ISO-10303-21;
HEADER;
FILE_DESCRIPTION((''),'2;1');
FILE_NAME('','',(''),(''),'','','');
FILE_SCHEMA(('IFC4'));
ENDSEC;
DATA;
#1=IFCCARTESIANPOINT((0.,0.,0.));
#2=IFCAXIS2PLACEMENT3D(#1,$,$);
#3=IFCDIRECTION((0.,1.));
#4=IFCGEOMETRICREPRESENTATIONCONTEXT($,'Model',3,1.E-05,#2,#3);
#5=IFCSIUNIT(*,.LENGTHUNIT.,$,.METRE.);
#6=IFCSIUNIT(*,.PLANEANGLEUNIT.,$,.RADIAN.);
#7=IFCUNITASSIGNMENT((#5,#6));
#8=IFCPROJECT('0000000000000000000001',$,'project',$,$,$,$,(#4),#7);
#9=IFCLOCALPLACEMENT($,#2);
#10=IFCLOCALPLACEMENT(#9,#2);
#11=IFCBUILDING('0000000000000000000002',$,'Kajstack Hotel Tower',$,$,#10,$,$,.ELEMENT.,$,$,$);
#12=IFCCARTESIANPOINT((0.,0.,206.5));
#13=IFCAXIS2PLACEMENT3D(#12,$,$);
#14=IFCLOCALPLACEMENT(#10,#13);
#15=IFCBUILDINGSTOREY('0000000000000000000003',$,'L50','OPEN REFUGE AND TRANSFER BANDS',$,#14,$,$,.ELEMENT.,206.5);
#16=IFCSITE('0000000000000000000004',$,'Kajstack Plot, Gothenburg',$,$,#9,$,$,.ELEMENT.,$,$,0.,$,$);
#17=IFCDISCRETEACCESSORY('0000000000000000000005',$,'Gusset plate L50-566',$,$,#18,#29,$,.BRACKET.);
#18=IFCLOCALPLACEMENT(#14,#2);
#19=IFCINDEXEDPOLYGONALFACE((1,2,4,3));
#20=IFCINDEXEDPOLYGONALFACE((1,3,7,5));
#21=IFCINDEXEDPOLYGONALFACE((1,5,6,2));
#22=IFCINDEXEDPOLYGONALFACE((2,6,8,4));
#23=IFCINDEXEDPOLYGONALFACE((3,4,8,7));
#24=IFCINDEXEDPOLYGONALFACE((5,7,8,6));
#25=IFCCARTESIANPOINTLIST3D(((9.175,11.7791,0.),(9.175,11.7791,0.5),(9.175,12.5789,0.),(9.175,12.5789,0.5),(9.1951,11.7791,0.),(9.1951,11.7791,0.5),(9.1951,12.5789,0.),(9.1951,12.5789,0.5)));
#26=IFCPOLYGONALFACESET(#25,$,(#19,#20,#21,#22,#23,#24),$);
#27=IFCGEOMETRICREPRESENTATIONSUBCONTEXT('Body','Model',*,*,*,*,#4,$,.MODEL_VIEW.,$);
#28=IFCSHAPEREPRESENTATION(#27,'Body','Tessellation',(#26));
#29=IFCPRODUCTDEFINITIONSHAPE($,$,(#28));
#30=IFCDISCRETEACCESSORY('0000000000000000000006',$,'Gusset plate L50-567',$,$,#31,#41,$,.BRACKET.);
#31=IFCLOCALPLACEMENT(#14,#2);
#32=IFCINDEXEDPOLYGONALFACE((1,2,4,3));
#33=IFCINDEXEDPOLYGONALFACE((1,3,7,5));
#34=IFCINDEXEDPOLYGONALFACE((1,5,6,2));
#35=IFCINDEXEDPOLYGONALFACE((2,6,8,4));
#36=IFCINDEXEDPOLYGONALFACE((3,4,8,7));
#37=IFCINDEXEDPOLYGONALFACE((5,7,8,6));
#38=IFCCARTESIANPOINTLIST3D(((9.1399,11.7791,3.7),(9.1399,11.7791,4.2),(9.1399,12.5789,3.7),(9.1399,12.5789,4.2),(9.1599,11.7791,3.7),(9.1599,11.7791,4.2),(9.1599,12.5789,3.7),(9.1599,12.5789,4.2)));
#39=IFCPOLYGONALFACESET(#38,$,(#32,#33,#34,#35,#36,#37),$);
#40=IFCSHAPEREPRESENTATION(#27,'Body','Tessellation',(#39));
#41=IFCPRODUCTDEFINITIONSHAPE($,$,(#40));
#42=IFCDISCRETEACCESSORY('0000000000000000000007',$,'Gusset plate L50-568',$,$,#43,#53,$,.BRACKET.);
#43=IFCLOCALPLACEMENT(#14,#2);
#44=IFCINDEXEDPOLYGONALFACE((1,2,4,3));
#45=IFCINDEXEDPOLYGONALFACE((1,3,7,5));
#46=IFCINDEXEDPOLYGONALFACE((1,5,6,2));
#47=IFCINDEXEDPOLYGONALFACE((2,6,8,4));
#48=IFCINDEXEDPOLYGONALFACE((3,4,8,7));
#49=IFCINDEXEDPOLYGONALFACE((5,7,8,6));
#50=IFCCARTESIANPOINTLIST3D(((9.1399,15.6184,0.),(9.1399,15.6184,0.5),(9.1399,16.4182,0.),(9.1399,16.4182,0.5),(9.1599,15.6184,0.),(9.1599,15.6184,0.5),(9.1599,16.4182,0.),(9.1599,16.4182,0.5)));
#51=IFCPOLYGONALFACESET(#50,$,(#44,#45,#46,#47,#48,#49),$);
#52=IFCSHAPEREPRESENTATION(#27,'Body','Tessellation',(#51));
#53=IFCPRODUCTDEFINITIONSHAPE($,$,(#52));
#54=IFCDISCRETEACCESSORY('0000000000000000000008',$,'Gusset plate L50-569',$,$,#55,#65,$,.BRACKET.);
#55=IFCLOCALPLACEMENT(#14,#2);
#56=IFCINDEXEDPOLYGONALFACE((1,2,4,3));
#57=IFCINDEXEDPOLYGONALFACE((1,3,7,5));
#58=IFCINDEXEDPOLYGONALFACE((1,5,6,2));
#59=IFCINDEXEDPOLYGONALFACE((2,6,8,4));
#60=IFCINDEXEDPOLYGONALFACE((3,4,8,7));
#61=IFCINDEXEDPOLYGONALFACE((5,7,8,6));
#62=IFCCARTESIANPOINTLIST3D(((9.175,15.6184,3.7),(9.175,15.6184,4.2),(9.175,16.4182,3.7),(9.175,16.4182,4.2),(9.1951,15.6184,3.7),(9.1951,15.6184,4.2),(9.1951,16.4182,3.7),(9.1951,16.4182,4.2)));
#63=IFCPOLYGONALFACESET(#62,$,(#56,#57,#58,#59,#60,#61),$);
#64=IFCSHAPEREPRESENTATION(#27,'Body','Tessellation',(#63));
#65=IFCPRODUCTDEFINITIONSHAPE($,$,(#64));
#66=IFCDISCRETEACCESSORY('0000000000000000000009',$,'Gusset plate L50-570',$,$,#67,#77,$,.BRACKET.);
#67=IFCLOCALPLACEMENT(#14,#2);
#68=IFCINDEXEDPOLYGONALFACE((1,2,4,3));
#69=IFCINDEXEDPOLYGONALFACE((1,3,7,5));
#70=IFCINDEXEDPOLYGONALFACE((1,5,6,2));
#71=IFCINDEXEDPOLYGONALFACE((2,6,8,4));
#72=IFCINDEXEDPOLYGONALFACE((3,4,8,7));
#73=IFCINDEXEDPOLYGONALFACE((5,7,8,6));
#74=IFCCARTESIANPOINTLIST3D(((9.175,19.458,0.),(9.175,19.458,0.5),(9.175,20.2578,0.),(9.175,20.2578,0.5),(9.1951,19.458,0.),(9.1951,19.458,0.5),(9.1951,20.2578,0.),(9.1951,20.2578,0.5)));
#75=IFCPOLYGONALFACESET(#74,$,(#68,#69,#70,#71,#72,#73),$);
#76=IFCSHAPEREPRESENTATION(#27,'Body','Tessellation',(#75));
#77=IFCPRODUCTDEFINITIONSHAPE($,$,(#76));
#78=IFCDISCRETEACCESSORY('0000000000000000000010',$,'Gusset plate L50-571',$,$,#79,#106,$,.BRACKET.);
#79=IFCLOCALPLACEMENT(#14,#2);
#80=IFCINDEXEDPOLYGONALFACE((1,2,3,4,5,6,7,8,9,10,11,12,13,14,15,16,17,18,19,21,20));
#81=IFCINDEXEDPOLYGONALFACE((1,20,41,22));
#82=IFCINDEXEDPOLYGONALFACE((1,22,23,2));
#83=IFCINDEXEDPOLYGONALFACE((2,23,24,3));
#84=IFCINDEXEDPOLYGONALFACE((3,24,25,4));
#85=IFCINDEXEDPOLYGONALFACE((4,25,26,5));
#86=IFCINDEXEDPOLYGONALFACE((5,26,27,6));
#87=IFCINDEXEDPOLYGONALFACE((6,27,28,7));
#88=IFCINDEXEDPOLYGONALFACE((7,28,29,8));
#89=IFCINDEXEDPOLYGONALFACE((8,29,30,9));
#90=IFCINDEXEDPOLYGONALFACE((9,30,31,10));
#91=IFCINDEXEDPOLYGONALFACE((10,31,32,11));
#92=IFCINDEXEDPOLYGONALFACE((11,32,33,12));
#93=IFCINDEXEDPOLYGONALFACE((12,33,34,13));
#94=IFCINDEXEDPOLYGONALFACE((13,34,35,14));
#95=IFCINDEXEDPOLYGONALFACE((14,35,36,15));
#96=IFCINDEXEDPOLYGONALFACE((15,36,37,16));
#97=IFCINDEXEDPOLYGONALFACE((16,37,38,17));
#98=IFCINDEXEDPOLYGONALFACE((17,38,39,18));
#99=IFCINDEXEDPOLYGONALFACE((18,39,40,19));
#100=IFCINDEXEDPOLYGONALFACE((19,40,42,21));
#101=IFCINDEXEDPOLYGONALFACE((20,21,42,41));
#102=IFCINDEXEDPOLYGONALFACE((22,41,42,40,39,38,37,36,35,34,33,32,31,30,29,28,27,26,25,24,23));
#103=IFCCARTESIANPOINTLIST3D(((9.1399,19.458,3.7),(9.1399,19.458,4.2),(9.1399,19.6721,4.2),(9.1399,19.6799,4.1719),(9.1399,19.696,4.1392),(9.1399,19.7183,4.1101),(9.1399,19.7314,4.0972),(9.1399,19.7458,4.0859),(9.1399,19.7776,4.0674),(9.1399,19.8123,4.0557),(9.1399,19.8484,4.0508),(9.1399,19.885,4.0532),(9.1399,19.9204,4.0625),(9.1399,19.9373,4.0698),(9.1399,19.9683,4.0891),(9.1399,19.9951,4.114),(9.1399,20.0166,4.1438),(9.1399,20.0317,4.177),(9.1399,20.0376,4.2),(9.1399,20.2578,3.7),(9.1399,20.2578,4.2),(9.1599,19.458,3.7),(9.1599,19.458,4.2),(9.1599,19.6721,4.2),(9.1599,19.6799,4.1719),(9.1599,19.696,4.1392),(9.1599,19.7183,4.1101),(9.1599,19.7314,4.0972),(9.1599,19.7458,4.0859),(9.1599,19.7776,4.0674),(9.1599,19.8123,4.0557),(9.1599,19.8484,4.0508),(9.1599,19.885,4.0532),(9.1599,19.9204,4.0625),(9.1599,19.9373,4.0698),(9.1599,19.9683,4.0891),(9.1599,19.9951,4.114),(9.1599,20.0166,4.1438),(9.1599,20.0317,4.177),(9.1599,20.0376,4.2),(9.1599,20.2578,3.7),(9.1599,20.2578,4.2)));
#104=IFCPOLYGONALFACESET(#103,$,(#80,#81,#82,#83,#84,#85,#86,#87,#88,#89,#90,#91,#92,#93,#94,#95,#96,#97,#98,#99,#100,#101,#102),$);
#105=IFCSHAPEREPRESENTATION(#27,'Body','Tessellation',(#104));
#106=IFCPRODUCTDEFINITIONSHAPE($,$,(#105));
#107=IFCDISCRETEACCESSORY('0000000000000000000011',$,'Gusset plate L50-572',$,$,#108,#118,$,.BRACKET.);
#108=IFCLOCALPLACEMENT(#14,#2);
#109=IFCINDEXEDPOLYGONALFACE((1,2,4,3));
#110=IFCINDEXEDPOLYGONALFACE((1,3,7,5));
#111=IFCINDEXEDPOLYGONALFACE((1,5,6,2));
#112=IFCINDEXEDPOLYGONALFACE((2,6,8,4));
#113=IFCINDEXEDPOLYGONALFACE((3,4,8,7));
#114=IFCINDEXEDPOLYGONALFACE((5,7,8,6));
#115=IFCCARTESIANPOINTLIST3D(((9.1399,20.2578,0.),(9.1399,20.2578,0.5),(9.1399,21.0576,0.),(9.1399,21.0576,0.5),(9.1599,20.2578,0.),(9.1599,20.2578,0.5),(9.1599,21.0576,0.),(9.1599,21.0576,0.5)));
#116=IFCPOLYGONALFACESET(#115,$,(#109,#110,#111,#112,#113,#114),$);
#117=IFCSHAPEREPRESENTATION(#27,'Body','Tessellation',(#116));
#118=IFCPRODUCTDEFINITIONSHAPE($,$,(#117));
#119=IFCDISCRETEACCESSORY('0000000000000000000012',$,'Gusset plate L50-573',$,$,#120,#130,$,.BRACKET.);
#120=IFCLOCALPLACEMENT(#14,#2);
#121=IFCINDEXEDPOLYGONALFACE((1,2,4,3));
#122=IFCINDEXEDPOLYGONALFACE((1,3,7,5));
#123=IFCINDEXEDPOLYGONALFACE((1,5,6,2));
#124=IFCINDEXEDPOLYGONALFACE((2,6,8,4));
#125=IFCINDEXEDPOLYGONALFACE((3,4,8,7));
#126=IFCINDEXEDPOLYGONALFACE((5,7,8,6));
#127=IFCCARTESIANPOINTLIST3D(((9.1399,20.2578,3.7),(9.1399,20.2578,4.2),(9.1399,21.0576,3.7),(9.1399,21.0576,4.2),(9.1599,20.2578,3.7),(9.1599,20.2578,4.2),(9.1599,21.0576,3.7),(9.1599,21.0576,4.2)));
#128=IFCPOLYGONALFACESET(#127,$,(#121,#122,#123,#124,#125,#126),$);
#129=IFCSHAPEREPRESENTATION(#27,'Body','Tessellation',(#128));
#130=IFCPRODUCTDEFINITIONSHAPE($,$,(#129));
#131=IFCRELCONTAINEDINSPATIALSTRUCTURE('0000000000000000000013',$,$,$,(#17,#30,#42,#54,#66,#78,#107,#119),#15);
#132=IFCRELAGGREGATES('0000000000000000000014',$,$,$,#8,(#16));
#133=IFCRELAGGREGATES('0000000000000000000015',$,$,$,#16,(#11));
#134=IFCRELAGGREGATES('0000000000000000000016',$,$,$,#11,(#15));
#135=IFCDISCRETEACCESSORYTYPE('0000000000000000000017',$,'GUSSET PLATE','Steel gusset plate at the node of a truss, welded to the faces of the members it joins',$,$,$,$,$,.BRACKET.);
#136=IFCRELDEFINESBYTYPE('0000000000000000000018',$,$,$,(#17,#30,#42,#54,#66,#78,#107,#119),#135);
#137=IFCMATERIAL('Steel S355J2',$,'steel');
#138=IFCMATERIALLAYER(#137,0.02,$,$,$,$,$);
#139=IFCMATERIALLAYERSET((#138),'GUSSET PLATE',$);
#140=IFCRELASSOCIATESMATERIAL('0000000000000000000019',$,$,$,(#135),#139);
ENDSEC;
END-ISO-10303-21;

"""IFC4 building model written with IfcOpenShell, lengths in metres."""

from ifc_helpers import new_model, si_unit, direction, frame, origin, place, context, subcontext, project, spatial, polyline, outline, extrude, material, layer, layer_set, type_object, element, save


model = new_model("IFC4")

# Units and contexts
model_context = context("Model", 3, precision=1e-05, world=origin(), true_north=direction((0.0, 1.0)))
body_context = subcontext(model_context, "Body", "Model", "MODEL_VIEW")
ifc_project = project(units=[si_unit("LENGTHUNIT", "METRE"), si_unit("PLANEANGLEUNIT", "RADIAN")], contexts=[model_context])

# Site, building, storey
site_placement = place(None, origin())
site = spatial("IfcSite", under=ifc_project, at=site_placement, Name="Kajstack Plot, Gothenburg", CompositionType="ELEMENT", RefElevation=0.0)
building_placement = place(site_placement, origin())
building = spatial("IfcBuilding", under=site, at=building_placement, Name="Kajstack Hotel Tower", CompositionType="ELEMENT")
storey_placement = place(building_placement, frame((0.0, 0.0, 206.5)))
storey = spatial("IfcBuildingStorey", under=building, at=storey_placement, Name="L50", Description="OPEN REFUGE AND TRANSFER BANDS", CompositionType="ELEMENT", Elevation=206.5)

# Shared definitions
ifc_material_1 = material(Name="Steel S355J2", Category="steel")

# Discrete accessories
ifc_layer_1 = layer(ifc_material_1, 0.02)
ifc_layer_set_1 = layer_set([ifc_layer_1], Name="GUSSET PLATE")
discrete_accessory_type = type_object("IfcDiscreteAccessoryType", Name="GUSSET PLATE", Description="Steel gusset plate at the node of a truss, welded to the faces of the members it joins", PredefinedType="BRACKET", material=ifc_layer_set_1)
for number, where, z_axis, x_axis, name in (
    (1, (9.175, 12.179, 0.0), (1.0, 0.0, 0.0), (0.0, 1.0, 0.0), "Gusset plate L50-566"),
    (2, (9.1399, 12.179, 3.7), (1.0, 0.0, 0.0), (0.0, 1.0, 0.0), "Gusset plate L50-567"),
    (3, (9.1399, 16.0183, 0.0), (1.0, 0.0, 0.0), (0.0, 1.0, 0.0), "Gusset plate L50-568"),
    (4, (9.175, 16.0183, 3.7), (1.0, 0.0, 0.0), (0.0, 1.0, 0.0), "Gusset plate L50-569"),
    (5, (9.175, 19.8579, 0.0), (1.0, 0.0, 0.0), (0.0, 1.0, 0.0), "Gusset plate L50-570"),
):
    element("IfcDiscreteAccessory", number, at=place(storey_placement, frame(where, z_axis=z_axis, x_axis=x_axis)), inside=storey, type_object=discrete_accessory_type, Name=name, PredefinedType="BRACKET", context=body_context, shape_type="SweptSolid", body=[
        extrude(outline(polyline([(-0.3999, 0.0), (0.3999, 0.0), (0.3999, 0.5), (-0.3999, 0.5), (-0.3999, 0.0)])), origin(), (0.0, 0.0, 1.0), 0.02),
    ])
discrete_accessory_placement = place(storey_placement, frame((9.1399, 19.8579, 3.7), z_axis=(1.0, 0.0, 0.0), x_axis=(0.0, 1.0, 0.0)))
element("IfcDiscreteAccessory", 6, at=discrete_accessory_placement, inside=storey, type_object=discrete_accessory_type, Name="Gusset plate L50-571", PredefinedType="BRACKET", context=body_context, shape_type="SweptSolid", body=[
    extrude(outline(polyline([(0.3999, 0.5), (0.1797, 0.5), (0.1738, 0.4771), (0.1587, 0.4438), (0.1372, 0.4141), (0.1104, 0.3892), (0.0793, 0.3699), (0.0625, 0.3625), (0.0271, 0.3533), (-0.0095, 0.3508), (-0.0457, 0.3557), (-0.0803, 0.3674), (-0.1121, 0.386), (-0.1265, 0.3972), (-0.1396, 0.4102), (-0.1619, 0.4392), (-0.178, 0.4719), (-0.1858, 0.5), (-0.3999, 0.5), (-0.3999, 0.0), (0.3999, 0.0), (0.3999, 0.5)])), origin(), (0.0, 0.0, 1.0), 0.02),
])
for number, where, z_axis, x_axis, name in (
    (7, (9.1399, 20.6577, 0.0), (1.0, 0.0, 0.0), (0.0, 1.0, 0.0), "Gusset plate L50-572"),
    (8, (9.1399, 20.6577, 3.7), (1.0, 0.0, 0.0), (0.0, 1.0, 0.0), "Gusset plate L50-573"),
):
    element("IfcDiscreteAccessory", number, at=place(storey_placement, frame(where, z_axis=z_axis, x_axis=x_axis)), inside=storey, type_object=discrete_accessory_type, Name=name, PredefinedType="BRACKET", context=body_context, shape_type="SweptSolid", body=[
        extrude(outline(polyline([(-0.3999, 0.0), (0.3999, 0.0), (0.3999, 0.5), (-0.3999, 0.5), (-0.3999, 0.0)])), origin(), (0.0, 0.0, 1.0), 0.02),
    ])

save(model, "model.ifc")
